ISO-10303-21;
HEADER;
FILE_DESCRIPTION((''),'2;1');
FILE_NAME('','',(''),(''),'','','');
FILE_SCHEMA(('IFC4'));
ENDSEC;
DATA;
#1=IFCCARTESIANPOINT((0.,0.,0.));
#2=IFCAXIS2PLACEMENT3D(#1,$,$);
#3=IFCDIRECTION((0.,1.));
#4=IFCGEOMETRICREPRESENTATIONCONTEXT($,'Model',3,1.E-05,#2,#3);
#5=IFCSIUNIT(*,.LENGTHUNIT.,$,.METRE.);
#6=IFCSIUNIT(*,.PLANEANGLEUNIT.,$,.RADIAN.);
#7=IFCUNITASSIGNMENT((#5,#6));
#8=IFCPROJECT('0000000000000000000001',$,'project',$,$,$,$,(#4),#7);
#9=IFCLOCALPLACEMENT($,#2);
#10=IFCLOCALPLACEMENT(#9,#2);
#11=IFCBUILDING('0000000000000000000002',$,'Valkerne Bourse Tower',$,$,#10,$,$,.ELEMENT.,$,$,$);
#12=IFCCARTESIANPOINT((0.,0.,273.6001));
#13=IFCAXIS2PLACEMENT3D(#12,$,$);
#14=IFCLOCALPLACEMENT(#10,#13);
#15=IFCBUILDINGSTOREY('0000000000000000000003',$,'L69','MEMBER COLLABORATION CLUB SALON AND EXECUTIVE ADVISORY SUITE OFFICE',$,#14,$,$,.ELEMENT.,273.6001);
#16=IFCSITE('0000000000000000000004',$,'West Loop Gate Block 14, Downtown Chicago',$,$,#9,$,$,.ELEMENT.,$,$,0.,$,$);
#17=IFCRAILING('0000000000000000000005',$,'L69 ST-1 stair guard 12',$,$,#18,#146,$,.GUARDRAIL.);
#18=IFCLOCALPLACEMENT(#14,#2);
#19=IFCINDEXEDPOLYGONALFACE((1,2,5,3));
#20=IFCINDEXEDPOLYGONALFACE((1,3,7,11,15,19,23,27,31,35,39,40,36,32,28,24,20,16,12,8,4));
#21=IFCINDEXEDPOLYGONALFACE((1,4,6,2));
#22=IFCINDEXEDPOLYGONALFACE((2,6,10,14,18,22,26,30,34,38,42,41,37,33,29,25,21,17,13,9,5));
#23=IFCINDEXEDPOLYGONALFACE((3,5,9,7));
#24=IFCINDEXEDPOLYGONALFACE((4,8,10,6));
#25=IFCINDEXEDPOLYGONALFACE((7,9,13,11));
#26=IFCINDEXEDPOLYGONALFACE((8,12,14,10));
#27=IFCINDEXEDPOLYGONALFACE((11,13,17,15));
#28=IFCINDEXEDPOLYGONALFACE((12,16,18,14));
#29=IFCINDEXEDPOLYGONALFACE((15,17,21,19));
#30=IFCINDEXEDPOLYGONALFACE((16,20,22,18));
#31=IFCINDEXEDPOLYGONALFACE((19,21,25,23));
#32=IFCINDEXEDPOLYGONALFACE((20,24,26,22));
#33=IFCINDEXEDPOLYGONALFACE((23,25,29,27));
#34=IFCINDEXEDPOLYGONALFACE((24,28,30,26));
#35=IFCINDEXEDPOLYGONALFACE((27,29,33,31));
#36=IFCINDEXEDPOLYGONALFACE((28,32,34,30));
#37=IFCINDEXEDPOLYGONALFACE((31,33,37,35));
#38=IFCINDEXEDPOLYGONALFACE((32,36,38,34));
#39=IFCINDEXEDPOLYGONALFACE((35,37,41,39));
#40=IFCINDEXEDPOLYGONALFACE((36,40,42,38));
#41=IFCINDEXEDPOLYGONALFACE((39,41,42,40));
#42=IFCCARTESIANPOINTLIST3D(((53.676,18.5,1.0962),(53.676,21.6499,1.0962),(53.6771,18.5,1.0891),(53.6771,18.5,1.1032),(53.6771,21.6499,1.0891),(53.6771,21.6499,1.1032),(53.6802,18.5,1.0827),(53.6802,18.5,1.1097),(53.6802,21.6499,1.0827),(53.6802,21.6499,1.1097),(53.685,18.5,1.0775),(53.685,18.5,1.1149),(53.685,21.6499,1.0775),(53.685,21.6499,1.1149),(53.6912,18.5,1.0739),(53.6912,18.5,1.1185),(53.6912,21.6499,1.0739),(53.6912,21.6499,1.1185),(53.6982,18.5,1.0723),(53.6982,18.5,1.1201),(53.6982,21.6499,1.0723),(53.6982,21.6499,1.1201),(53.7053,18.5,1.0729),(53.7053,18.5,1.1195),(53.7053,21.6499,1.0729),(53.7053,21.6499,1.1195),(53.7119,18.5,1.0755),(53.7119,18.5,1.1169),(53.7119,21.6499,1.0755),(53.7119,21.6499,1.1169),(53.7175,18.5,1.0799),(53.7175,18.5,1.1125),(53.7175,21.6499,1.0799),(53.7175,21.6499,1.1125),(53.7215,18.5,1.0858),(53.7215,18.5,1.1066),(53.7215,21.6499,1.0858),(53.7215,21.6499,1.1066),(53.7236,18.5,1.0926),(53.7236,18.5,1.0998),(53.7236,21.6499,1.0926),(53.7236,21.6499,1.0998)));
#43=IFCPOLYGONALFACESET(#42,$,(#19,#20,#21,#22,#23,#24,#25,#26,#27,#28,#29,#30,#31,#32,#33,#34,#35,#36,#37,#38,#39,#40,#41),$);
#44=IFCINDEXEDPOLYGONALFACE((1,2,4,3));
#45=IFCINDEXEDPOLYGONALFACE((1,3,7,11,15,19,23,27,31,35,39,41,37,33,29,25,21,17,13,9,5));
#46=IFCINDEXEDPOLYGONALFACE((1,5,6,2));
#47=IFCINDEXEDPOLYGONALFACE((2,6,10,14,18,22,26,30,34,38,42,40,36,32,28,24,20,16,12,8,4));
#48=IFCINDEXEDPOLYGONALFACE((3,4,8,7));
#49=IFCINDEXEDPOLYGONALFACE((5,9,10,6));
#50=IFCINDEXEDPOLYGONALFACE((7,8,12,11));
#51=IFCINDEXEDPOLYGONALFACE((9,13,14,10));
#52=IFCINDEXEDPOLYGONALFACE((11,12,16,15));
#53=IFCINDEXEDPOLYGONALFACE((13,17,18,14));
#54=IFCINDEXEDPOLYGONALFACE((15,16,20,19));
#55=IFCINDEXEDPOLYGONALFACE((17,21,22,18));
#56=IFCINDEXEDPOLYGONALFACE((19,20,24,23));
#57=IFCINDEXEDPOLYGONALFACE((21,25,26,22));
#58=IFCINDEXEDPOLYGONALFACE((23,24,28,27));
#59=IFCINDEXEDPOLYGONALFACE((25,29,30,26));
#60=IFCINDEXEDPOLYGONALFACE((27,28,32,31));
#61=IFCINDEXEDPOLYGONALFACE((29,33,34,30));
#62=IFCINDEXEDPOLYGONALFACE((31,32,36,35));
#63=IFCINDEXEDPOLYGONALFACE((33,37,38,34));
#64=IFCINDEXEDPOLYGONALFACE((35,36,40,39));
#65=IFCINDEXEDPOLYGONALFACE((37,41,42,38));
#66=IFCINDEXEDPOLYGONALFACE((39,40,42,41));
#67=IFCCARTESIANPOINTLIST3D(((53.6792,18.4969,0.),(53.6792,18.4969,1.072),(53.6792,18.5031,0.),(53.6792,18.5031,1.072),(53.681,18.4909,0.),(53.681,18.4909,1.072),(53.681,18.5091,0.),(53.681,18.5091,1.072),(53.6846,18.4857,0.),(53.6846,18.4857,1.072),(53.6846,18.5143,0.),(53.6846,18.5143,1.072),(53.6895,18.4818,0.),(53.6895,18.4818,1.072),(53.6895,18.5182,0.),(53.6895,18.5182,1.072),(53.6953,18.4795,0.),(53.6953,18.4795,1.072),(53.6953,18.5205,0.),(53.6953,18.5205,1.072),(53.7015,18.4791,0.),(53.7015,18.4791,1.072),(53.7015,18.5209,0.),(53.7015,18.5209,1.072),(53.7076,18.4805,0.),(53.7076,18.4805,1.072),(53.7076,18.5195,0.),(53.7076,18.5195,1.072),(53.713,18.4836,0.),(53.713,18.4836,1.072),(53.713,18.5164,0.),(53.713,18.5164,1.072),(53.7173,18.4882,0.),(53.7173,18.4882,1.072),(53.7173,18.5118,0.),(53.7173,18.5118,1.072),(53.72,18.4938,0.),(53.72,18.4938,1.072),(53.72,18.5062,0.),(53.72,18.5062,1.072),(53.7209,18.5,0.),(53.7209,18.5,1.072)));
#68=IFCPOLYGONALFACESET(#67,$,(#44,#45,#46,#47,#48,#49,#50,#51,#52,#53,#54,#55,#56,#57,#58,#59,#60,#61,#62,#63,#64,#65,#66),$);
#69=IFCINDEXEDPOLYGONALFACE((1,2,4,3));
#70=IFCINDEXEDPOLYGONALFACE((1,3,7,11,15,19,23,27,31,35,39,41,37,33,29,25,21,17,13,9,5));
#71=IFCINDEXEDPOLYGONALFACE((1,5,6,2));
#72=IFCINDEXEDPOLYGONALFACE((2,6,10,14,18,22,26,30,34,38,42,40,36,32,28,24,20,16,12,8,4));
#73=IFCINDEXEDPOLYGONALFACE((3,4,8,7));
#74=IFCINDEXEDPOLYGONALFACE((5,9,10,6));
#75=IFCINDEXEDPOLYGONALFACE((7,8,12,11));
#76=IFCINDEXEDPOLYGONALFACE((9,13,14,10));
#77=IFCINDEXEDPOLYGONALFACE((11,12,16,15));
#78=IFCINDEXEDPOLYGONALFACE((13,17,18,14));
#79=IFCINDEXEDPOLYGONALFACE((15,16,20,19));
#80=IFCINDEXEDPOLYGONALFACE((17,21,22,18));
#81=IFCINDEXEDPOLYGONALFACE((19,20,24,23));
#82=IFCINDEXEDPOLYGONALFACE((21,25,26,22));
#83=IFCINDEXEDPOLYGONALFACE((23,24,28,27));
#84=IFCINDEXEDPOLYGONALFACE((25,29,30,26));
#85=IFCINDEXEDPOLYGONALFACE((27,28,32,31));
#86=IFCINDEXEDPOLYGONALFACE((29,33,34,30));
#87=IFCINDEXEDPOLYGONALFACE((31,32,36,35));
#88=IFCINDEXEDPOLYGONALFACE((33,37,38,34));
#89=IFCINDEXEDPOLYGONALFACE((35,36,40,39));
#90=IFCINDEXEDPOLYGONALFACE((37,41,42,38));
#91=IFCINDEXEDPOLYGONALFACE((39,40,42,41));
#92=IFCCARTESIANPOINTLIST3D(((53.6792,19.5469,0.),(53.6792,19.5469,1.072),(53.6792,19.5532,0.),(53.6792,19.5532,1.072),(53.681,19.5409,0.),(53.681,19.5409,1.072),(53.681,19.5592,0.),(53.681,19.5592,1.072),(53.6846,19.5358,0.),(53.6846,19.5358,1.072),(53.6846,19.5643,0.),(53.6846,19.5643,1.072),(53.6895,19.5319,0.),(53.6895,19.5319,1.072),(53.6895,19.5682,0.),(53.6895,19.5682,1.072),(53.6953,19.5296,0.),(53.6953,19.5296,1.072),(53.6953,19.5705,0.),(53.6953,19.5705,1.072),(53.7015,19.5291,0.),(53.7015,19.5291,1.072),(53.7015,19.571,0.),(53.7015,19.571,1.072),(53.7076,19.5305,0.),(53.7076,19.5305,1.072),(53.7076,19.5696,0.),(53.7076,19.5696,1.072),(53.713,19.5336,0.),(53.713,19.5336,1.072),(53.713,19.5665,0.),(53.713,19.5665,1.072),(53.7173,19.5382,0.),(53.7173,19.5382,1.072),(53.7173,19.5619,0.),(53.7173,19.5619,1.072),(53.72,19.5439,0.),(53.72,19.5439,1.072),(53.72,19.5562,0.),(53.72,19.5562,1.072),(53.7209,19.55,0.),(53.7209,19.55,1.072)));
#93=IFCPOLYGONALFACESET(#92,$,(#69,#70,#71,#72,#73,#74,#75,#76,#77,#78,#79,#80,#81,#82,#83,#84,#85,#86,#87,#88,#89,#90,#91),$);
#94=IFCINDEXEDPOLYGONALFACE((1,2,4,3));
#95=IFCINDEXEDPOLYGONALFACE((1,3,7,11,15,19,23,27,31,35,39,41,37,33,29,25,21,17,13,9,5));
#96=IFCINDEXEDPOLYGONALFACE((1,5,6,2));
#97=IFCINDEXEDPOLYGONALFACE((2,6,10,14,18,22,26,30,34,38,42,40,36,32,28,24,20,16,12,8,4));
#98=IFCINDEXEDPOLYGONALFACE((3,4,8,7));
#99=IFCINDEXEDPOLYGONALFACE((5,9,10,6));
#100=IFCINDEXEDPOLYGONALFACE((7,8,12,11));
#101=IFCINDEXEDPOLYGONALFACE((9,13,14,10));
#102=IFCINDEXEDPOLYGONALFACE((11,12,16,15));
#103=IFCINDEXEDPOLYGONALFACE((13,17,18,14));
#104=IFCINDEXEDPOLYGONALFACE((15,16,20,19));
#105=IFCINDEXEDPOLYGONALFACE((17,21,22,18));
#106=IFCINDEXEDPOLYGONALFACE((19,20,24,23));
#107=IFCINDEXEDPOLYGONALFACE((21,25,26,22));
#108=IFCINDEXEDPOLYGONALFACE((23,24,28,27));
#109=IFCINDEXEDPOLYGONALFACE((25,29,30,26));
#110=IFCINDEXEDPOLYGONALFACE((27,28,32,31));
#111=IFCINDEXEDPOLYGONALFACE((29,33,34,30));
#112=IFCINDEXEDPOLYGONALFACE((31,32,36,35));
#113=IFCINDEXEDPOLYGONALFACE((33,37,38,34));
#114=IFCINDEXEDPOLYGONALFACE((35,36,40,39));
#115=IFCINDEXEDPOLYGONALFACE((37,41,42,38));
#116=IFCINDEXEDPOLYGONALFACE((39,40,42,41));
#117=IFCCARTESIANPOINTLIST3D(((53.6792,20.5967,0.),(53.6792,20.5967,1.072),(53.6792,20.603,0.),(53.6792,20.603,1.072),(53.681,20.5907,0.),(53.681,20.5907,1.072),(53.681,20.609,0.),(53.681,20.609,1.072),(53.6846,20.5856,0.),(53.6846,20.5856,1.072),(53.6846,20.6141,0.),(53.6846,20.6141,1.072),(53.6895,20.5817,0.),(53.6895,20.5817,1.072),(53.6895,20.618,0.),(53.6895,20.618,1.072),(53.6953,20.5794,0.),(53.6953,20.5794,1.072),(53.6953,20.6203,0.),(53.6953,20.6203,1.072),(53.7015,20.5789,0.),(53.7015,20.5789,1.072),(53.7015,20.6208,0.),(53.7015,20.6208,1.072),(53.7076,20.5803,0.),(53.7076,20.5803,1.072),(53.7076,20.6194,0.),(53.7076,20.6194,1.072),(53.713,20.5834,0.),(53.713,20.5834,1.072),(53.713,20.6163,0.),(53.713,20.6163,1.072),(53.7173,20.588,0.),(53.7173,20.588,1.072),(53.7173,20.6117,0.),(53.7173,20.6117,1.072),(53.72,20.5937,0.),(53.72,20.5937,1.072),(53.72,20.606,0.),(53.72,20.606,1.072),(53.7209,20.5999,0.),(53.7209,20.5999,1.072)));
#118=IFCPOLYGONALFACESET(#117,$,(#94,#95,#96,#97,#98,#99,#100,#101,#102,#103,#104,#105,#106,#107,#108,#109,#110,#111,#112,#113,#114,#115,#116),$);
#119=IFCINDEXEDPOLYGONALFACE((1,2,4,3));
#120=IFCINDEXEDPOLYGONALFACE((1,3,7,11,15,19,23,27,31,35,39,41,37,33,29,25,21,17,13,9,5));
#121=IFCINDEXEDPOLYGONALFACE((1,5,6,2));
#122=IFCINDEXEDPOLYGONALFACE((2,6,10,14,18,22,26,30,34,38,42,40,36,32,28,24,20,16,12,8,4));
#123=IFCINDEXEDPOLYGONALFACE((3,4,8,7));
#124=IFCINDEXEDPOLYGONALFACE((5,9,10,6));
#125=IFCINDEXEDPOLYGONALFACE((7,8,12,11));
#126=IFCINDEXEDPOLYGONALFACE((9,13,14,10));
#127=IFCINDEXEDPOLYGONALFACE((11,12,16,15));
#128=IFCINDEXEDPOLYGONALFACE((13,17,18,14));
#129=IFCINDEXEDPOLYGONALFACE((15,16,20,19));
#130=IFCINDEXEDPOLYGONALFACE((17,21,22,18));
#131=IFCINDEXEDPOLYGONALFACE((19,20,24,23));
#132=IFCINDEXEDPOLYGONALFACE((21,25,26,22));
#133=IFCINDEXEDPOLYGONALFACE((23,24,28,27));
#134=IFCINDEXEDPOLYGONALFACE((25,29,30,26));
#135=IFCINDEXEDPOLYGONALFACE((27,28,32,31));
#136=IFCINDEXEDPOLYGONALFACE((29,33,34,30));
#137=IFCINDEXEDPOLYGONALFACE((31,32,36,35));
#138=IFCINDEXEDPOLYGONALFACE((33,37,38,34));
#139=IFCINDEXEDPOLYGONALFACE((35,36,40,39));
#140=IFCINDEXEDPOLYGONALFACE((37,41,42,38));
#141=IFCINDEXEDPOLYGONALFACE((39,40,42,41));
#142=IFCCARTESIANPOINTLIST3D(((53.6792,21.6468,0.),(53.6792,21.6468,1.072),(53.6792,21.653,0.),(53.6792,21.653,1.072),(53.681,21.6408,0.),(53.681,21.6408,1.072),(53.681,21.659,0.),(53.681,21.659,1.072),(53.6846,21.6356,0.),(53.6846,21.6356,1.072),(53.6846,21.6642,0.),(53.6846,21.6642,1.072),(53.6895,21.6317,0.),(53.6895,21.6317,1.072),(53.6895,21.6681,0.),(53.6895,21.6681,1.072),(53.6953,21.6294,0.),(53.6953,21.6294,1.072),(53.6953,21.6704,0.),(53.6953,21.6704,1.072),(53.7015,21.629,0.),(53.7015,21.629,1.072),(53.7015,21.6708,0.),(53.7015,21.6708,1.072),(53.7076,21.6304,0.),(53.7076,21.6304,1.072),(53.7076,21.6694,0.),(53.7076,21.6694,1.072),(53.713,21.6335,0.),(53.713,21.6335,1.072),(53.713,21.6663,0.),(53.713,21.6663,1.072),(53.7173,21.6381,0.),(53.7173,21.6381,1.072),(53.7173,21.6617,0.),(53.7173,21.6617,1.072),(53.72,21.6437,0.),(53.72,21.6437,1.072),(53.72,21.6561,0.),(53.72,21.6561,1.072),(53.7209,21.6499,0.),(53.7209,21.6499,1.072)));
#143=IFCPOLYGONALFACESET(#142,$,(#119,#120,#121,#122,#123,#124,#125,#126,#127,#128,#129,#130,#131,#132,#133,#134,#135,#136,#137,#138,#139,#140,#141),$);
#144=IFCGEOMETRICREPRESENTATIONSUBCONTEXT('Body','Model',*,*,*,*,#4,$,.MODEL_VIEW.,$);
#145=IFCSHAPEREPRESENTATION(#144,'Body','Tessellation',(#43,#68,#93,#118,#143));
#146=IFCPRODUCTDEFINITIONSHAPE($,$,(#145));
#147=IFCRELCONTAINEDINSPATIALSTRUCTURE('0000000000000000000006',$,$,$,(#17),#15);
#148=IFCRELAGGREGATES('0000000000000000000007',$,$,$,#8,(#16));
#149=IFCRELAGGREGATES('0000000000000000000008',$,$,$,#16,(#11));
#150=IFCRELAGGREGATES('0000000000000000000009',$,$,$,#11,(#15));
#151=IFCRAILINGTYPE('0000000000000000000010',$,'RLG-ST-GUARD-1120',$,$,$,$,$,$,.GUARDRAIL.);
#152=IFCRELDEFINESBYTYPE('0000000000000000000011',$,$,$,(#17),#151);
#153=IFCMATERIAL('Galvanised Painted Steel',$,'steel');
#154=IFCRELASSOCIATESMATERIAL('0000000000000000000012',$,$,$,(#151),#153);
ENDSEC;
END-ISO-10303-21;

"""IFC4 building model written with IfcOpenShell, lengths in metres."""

from ifc_helpers import new_model, si_unit, direction, frame, origin, origin_2d, place, context, subcontext, project, spatial, circle, extrude, material, type_object, element, save


model = new_model("IFC4")

# Units and contexts
model_context = context("Model", 3, precision=1e-05, world=origin(), true_north=direction((0.0, 1.0)))
body_context = subcontext(model_context, "Body", "Model", "MODEL_VIEW")
ifc_project = project(units=[si_unit("LENGTHUNIT", "METRE"), si_unit("PLANEANGLEUNIT", "RADIAN")], contexts=[model_context])

# Site, building, storey
site_placement = place(None, origin())
site = spatial("IfcSite", under=ifc_project, at=site_placement, Name="West Loop Gate Block 14, Downtown Chicago", CompositionType="ELEMENT", RefElevation=0.0)
building_placement = place(site_placement, origin())
building = spatial("IfcBuilding", under=site, at=building_placement, Name="Valkerne Bourse Tower", CompositionType="ELEMENT")
storey_placement = place(building_placement, frame((0.0, 0.0, 273.6001)))
storey = spatial("IfcBuildingStorey", under=building, at=storey_placement, Name="L69", Description="MEMBER COLLABORATION CLUB SALON AND EXECUTIVE ADVISORY SUITE OFFICE", CompositionType="ELEMENT", Elevation=273.6001)

# Railing
ifc_material_1 = material(Name="Galvanised Painted Steel", Category="steel")
railing_type = type_object("IfcRailingType", Name="RLG-ST-GUARD-1120", PredefinedType="GUARDRAIL", material=ifc_material_1)
railing_1_placement = place(storey_placement, frame((53.7, 18.5, 0.0)))
element("IfcRailing", 1, at=railing_1_placement, inside=storey, type_object=railing_type, Name="L69 ST-1 stair guard 12", PredefinedType="GUARDRAIL", context=body_context, shape_type="SweptSolid", body=[
    extrude(circle(Radius=0.0239, at=origin_2d()), frame((0.0, 0.0, 1.0962), z_axis=(0.0, 1.0, 0.0), x_axis=(-1.0, 0.0, 0.0)), (0.0, 0.0, 1.0), 3.1499),
    extrude(circle(Radius=0.021, at=origin_2d()), origin(), (0.0, 0.0, 1.0), 1.072),
    extrude(circle(Radius=0.021, at=origin_2d()), frame((0.0, 1.05, 0.0)), (0.0, 0.0, 1.0), 1.072),
    extrude(circle(Radius=0.021, at=origin_2d()), frame((0.0, 2.0999, 0.0)), (0.0, 0.0, 1.0), 1.072),
    extrude(circle(Radius=0.021, at=origin_2d()), frame((0.0, 3.1499, 0.0)), (0.0, 0.0, 1.0), 1.072),
])

save(model, "model.ifc")
